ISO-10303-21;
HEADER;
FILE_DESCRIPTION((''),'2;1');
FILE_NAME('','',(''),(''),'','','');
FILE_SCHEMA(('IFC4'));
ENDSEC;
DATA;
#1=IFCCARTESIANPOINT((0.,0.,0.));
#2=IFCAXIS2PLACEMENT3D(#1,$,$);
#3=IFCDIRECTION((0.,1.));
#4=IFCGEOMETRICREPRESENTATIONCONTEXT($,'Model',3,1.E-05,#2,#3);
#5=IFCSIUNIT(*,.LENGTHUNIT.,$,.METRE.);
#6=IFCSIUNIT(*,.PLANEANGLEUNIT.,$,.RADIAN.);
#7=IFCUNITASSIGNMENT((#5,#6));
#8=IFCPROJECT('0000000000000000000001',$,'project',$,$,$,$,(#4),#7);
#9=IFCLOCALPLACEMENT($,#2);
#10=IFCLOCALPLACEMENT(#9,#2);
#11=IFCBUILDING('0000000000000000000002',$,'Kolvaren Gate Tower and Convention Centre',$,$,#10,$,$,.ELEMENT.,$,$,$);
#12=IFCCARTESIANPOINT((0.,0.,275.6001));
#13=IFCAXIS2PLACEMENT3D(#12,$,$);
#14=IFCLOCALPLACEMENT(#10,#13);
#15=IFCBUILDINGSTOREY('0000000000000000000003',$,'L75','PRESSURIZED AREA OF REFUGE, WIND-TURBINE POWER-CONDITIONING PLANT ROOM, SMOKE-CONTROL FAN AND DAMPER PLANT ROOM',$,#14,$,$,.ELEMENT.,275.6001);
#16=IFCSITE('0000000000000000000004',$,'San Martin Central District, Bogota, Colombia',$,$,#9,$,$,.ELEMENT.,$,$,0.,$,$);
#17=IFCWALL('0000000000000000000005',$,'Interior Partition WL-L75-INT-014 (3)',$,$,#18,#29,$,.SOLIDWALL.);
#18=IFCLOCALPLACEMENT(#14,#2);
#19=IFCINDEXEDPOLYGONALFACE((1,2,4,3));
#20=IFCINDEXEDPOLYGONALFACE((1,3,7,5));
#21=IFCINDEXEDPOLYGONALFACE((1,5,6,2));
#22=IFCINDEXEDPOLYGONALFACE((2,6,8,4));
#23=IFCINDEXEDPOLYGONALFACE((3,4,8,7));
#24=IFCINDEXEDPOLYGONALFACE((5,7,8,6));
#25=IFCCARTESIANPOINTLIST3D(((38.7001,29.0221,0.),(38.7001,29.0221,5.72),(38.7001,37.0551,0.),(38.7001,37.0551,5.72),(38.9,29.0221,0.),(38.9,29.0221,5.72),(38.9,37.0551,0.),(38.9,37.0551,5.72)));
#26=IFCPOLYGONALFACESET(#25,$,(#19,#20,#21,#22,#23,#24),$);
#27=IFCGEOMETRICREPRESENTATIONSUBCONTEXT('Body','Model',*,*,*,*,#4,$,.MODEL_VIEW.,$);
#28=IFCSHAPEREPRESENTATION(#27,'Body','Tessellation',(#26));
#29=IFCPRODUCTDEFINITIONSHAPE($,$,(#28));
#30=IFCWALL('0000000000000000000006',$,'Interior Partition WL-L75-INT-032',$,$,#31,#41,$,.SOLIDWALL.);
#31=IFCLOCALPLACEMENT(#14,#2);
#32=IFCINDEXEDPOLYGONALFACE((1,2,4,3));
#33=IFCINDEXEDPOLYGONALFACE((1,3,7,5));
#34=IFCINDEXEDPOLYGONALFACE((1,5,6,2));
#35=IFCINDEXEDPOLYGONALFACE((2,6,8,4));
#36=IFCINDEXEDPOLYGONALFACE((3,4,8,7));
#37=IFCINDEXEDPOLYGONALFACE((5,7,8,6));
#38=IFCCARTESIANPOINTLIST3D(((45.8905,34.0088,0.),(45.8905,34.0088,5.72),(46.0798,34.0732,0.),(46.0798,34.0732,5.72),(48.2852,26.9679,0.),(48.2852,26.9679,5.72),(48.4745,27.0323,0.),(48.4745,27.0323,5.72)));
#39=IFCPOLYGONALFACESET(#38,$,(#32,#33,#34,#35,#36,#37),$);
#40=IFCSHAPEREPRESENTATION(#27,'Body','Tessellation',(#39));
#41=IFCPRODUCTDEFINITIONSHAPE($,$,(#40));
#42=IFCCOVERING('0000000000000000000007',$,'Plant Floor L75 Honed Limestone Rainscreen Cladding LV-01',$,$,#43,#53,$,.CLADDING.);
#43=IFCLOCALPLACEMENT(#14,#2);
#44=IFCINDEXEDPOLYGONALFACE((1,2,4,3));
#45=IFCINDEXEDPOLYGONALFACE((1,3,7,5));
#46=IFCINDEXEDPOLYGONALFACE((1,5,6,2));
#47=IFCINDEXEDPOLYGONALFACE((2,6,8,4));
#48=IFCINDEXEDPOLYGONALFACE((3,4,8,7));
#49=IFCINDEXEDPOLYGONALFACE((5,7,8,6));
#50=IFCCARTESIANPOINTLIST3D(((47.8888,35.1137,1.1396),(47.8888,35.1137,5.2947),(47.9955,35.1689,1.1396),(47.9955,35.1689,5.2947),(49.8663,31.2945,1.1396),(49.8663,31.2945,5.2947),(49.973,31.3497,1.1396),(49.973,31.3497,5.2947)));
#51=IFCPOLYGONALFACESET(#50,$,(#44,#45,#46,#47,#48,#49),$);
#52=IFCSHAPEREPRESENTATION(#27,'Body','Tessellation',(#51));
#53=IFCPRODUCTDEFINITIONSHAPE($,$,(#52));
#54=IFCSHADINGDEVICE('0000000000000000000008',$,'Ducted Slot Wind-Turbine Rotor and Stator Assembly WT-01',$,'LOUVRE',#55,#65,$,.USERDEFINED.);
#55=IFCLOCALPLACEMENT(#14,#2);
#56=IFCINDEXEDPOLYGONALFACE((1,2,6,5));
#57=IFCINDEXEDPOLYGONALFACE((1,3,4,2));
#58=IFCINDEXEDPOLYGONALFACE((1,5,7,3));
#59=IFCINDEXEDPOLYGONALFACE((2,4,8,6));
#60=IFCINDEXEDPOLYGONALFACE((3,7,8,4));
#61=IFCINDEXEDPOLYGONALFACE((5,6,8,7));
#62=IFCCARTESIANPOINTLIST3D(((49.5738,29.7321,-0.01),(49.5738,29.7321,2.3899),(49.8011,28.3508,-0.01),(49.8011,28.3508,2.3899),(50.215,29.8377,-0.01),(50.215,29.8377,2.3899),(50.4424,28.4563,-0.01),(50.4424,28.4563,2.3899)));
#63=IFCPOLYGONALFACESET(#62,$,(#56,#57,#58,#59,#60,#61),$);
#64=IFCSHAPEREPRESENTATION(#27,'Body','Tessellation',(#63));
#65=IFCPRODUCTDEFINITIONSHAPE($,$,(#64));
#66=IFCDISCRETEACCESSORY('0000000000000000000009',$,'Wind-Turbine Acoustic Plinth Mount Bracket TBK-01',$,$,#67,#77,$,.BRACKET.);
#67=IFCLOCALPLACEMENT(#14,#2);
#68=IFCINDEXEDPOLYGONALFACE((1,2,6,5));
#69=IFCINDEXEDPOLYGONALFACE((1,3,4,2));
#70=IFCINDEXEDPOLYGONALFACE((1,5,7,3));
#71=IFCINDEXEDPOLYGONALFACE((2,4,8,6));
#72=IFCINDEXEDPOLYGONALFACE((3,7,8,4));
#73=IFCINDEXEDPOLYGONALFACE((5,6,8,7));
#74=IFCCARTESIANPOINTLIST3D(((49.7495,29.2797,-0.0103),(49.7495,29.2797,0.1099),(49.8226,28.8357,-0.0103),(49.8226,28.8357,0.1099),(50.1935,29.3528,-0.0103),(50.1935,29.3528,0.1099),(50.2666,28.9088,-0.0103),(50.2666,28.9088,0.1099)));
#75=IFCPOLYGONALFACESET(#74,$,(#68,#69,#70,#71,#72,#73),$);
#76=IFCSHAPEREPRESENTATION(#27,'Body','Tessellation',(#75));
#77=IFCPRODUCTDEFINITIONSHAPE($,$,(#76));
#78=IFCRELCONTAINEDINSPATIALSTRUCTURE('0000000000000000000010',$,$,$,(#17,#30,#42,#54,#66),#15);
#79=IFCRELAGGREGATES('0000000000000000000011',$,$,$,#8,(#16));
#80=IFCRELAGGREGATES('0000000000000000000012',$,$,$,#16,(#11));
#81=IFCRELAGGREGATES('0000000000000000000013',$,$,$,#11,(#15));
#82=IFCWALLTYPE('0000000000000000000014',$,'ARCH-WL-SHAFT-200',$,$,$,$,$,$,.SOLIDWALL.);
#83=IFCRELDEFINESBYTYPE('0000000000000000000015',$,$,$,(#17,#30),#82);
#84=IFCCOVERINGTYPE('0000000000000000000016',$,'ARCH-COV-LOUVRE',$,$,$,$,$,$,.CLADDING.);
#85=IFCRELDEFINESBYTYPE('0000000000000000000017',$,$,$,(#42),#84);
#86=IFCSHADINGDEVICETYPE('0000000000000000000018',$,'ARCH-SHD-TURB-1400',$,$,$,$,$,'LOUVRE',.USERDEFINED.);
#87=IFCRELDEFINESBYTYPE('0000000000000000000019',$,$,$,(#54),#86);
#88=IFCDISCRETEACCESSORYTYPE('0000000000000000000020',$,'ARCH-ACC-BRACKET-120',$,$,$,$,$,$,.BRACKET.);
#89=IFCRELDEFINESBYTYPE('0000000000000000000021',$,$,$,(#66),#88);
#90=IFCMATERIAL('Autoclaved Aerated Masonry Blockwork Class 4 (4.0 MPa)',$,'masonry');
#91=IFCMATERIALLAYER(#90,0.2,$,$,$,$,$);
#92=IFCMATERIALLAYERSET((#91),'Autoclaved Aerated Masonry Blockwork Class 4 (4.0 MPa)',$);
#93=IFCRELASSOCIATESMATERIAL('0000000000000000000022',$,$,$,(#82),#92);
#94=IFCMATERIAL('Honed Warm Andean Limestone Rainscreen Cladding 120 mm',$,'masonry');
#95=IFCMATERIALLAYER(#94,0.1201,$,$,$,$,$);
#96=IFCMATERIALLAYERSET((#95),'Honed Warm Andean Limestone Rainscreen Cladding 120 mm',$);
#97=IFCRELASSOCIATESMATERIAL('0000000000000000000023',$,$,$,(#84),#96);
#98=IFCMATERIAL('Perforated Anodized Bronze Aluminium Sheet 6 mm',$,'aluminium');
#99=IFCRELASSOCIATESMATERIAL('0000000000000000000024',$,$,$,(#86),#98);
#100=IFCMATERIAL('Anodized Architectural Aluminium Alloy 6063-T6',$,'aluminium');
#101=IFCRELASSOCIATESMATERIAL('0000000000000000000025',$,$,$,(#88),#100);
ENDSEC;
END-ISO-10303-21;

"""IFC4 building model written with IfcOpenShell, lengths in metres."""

from ifc_helpers import new_model, si_unit, direction, frame, frame_2d, origin, origin_2d, place, context, subcontext, project, spatial, rectangle, extrude, material, layer, layer_set, type_object, element, save


model = new_model("IFC4")

# Units and contexts
model_context = context("Model", 3, precision=1e-05, world=origin(), true_north=direction((0.0, 1.0)))
body_context = subcontext(model_context, "Body", "Model", "MODEL_VIEW")
ifc_project = project(units=[si_unit("LENGTHUNIT", "METRE"), si_unit("PLANEANGLEUNIT", "RADIAN")], contexts=[model_context])

# Site, building, storey
site_placement = place(None, origin())
site = spatial("IfcSite", under=ifc_project, at=site_placement, Name="San Martin Central District, Bogota, Colombia", CompositionType="ELEMENT", RefElevation=0.0)
building_placement = place(site_placement, origin())
building = spatial("IfcBuilding", under=site, at=building_placement, Name="Kolvaren Gate Tower and Convention Centre", CompositionType="ELEMENT")
storey_placement = place(building_placement, frame((0.0, 0.0, 275.6001)))
storey = spatial("IfcBuildingStorey", under=building, at=storey_placement, Name="L75", Description="PRESSURIZED AREA OF REFUGE, WIND-TURBINE POWER-CONDITIONING PLANT ROOM, SMOKE-CONTROL FAN AND DAMPER PLANT ROOM", CompositionType="ELEMENT", Elevation=275.6001)

# Shared definitions
ifc_material_1 = material(Name="Perforated Anodized Bronze Aluminium Sheet 6 mm", Category="aluminium")

# Walls
ifc_material_2 = material(Name="Autoclaved Aerated Masonry Blockwork Class 4 (4.0 MPa)", Category="masonry")
ifc_layer_1 = layer(ifc_material_2, 0.2)
ifc_layer_set_1 = layer_set([ifc_layer_1], Name="Autoclaved Aerated Masonry Blockwork Class 4 (4.0 MPa)")
wall_type = type_object("IfcWallType", Name="ARCH-WL-SHAFT-200", PredefinedType="SOLIDWALL", material=ifc_layer_set_1)
wall_1_placement = place(storey_placement, frame((38.8, 29.022, 0.0), z_axis=(0.0, 0.0, 1.0), x_axis=(0.0, 1.0, 0.0)))
element("IfcWall", 1, at=wall_1_placement, inside=storey, type_object=wall_type, Name="Interior Partition WL-L75-INT-014 (3)", PredefinedType="SOLIDWALL", context=body_context, shape_type="SweptSolid", body=[
    extrude(rectangle(XDim=8.033, YDim=0.2, at=frame_2d((4.0166, 0.0))), origin(), (0.0, 0.0, 1.0), 5.72),
])
wall_2_placement = place(storey_placement, frame((45.9851, 34.041, 0.0), z_axis=(0.0, 0.0, 1.0), x_axis=(0.322003, -0.946739, 0.0)))
element("IfcWall", 2, at=wall_2_placement, inside=storey, type_object=wall_type, Name="Interior Partition WL-L75-INT-032", PredefinedType="SOLIDWALL", context=body_context, shape_type="SweptSolid", body=[
    extrude(rectangle(XDim=7.437, YDim=0.2, at=frame_2d((3.7185, 0.0))), origin(), (0.0, 0.0, 1.0), 5.72),
])

# Covering
ifc_material_3 = material(Name="Honed Warm Andean Limestone Rainscreen Cladding 120 mm", Category="masonry")
ifc_layer_2 = layer(ifc_material_3, 0.1201)
ifc_layer_set_2 = layer_set([ifc_layer_2], Name="Honed Warm Andean Limestone Rainscreen Cladding 120 mm")
covering_type = type_object("IfcCoveringType", Name="ARCH-COV-LOUVRE", PredefinedType="CLADDING", material=ifc_layer_set_2)
covering_placement = place(storey_placement, frame((48.9309, 33.2317, 1.1396), z_axis=(0.0, 0.0, 1.0), x_axis=(0.459794, -0.888026, 0.0)))
element("IfcCovering", 3, at=covering_placement, inside=storey, type_object=covering_type, Name="Plant Floor L75 Honed Limestone Rainscreen Cladding LV-01", PredefinedType="CLADDING", context=body_context, shape_type="SweptSolid", body=[
    extrude(rectangle(XDim=4.3008, YDim=0.1201, at=origin_2d()), origin(), (0.0, 0.0, 1.0), 4.155),
])

# Shading device
shading_device_type = type_object("IfcShadingDeviceType", Name="ARCH-SHD-TURB-1400", ElementType="LOUVRE", PredefinedType="USERDEFINED", material=ifc_material_1)
shading_device_placement = place(storey_placement, frame((50.0081, 29.0942, -0.01), z_axis=(0.0, 0.0, 1.0), x_axis=(0.162386, -0.986727, 0.0)))
element("IfcShadingDevice", 4, at=shading_device_placement, inside=storey, type_object=shading_device_type, Name="Ducted Slot Wind-Turbine Rotor and Stator Assembly WT-01", ObjectType="LOUVRE", PredefinedType="USERDEFINED", context=body_context, shape_type="SweptSolid", body=[
    extrude(rectangle(XDim=1.3999, YDim=0.6499, at=origin_2d()), origin(), (0.0, 0.0, 1.0), 2.3999),
])

# Discrete accessory
ifc_material_4 = material(Name="Anodized Architectural Aluminium Alloy 6063-T6", Category="aluminium")
discrete_accessory_type = type_object("IfcDiscreteAccessoryType", Name="ARCH-ACC-BRACKET-120", PredefinedType="BRACKET", material=ifc_material_4)
discrete_accessory_placement = place(storey_placement, frame((50.0081, 29.0942, -0.0103), z_axis=(0.0, 0.0, 1.0), x_axis=(0.162386, -0.986727, 0.0)))
element("IfcDiscreteAccessory", 5, at=discrete_accessory_placement, inside=storey, type_object=discrete_accessory_type, Name="Wind-Turbine Acoustic Plinth Mount Bracket TBK-01", PredefinedType="BRACKET", context=body_context, shape_type="SweptSolid", body=[
    extrude(rectangle(XDim=0.45, YDim=0.45, at=origin_2d()), origin(), (0.0, 0.0, 1.0), 0.1201),
])

save(model, "model.ifc")
